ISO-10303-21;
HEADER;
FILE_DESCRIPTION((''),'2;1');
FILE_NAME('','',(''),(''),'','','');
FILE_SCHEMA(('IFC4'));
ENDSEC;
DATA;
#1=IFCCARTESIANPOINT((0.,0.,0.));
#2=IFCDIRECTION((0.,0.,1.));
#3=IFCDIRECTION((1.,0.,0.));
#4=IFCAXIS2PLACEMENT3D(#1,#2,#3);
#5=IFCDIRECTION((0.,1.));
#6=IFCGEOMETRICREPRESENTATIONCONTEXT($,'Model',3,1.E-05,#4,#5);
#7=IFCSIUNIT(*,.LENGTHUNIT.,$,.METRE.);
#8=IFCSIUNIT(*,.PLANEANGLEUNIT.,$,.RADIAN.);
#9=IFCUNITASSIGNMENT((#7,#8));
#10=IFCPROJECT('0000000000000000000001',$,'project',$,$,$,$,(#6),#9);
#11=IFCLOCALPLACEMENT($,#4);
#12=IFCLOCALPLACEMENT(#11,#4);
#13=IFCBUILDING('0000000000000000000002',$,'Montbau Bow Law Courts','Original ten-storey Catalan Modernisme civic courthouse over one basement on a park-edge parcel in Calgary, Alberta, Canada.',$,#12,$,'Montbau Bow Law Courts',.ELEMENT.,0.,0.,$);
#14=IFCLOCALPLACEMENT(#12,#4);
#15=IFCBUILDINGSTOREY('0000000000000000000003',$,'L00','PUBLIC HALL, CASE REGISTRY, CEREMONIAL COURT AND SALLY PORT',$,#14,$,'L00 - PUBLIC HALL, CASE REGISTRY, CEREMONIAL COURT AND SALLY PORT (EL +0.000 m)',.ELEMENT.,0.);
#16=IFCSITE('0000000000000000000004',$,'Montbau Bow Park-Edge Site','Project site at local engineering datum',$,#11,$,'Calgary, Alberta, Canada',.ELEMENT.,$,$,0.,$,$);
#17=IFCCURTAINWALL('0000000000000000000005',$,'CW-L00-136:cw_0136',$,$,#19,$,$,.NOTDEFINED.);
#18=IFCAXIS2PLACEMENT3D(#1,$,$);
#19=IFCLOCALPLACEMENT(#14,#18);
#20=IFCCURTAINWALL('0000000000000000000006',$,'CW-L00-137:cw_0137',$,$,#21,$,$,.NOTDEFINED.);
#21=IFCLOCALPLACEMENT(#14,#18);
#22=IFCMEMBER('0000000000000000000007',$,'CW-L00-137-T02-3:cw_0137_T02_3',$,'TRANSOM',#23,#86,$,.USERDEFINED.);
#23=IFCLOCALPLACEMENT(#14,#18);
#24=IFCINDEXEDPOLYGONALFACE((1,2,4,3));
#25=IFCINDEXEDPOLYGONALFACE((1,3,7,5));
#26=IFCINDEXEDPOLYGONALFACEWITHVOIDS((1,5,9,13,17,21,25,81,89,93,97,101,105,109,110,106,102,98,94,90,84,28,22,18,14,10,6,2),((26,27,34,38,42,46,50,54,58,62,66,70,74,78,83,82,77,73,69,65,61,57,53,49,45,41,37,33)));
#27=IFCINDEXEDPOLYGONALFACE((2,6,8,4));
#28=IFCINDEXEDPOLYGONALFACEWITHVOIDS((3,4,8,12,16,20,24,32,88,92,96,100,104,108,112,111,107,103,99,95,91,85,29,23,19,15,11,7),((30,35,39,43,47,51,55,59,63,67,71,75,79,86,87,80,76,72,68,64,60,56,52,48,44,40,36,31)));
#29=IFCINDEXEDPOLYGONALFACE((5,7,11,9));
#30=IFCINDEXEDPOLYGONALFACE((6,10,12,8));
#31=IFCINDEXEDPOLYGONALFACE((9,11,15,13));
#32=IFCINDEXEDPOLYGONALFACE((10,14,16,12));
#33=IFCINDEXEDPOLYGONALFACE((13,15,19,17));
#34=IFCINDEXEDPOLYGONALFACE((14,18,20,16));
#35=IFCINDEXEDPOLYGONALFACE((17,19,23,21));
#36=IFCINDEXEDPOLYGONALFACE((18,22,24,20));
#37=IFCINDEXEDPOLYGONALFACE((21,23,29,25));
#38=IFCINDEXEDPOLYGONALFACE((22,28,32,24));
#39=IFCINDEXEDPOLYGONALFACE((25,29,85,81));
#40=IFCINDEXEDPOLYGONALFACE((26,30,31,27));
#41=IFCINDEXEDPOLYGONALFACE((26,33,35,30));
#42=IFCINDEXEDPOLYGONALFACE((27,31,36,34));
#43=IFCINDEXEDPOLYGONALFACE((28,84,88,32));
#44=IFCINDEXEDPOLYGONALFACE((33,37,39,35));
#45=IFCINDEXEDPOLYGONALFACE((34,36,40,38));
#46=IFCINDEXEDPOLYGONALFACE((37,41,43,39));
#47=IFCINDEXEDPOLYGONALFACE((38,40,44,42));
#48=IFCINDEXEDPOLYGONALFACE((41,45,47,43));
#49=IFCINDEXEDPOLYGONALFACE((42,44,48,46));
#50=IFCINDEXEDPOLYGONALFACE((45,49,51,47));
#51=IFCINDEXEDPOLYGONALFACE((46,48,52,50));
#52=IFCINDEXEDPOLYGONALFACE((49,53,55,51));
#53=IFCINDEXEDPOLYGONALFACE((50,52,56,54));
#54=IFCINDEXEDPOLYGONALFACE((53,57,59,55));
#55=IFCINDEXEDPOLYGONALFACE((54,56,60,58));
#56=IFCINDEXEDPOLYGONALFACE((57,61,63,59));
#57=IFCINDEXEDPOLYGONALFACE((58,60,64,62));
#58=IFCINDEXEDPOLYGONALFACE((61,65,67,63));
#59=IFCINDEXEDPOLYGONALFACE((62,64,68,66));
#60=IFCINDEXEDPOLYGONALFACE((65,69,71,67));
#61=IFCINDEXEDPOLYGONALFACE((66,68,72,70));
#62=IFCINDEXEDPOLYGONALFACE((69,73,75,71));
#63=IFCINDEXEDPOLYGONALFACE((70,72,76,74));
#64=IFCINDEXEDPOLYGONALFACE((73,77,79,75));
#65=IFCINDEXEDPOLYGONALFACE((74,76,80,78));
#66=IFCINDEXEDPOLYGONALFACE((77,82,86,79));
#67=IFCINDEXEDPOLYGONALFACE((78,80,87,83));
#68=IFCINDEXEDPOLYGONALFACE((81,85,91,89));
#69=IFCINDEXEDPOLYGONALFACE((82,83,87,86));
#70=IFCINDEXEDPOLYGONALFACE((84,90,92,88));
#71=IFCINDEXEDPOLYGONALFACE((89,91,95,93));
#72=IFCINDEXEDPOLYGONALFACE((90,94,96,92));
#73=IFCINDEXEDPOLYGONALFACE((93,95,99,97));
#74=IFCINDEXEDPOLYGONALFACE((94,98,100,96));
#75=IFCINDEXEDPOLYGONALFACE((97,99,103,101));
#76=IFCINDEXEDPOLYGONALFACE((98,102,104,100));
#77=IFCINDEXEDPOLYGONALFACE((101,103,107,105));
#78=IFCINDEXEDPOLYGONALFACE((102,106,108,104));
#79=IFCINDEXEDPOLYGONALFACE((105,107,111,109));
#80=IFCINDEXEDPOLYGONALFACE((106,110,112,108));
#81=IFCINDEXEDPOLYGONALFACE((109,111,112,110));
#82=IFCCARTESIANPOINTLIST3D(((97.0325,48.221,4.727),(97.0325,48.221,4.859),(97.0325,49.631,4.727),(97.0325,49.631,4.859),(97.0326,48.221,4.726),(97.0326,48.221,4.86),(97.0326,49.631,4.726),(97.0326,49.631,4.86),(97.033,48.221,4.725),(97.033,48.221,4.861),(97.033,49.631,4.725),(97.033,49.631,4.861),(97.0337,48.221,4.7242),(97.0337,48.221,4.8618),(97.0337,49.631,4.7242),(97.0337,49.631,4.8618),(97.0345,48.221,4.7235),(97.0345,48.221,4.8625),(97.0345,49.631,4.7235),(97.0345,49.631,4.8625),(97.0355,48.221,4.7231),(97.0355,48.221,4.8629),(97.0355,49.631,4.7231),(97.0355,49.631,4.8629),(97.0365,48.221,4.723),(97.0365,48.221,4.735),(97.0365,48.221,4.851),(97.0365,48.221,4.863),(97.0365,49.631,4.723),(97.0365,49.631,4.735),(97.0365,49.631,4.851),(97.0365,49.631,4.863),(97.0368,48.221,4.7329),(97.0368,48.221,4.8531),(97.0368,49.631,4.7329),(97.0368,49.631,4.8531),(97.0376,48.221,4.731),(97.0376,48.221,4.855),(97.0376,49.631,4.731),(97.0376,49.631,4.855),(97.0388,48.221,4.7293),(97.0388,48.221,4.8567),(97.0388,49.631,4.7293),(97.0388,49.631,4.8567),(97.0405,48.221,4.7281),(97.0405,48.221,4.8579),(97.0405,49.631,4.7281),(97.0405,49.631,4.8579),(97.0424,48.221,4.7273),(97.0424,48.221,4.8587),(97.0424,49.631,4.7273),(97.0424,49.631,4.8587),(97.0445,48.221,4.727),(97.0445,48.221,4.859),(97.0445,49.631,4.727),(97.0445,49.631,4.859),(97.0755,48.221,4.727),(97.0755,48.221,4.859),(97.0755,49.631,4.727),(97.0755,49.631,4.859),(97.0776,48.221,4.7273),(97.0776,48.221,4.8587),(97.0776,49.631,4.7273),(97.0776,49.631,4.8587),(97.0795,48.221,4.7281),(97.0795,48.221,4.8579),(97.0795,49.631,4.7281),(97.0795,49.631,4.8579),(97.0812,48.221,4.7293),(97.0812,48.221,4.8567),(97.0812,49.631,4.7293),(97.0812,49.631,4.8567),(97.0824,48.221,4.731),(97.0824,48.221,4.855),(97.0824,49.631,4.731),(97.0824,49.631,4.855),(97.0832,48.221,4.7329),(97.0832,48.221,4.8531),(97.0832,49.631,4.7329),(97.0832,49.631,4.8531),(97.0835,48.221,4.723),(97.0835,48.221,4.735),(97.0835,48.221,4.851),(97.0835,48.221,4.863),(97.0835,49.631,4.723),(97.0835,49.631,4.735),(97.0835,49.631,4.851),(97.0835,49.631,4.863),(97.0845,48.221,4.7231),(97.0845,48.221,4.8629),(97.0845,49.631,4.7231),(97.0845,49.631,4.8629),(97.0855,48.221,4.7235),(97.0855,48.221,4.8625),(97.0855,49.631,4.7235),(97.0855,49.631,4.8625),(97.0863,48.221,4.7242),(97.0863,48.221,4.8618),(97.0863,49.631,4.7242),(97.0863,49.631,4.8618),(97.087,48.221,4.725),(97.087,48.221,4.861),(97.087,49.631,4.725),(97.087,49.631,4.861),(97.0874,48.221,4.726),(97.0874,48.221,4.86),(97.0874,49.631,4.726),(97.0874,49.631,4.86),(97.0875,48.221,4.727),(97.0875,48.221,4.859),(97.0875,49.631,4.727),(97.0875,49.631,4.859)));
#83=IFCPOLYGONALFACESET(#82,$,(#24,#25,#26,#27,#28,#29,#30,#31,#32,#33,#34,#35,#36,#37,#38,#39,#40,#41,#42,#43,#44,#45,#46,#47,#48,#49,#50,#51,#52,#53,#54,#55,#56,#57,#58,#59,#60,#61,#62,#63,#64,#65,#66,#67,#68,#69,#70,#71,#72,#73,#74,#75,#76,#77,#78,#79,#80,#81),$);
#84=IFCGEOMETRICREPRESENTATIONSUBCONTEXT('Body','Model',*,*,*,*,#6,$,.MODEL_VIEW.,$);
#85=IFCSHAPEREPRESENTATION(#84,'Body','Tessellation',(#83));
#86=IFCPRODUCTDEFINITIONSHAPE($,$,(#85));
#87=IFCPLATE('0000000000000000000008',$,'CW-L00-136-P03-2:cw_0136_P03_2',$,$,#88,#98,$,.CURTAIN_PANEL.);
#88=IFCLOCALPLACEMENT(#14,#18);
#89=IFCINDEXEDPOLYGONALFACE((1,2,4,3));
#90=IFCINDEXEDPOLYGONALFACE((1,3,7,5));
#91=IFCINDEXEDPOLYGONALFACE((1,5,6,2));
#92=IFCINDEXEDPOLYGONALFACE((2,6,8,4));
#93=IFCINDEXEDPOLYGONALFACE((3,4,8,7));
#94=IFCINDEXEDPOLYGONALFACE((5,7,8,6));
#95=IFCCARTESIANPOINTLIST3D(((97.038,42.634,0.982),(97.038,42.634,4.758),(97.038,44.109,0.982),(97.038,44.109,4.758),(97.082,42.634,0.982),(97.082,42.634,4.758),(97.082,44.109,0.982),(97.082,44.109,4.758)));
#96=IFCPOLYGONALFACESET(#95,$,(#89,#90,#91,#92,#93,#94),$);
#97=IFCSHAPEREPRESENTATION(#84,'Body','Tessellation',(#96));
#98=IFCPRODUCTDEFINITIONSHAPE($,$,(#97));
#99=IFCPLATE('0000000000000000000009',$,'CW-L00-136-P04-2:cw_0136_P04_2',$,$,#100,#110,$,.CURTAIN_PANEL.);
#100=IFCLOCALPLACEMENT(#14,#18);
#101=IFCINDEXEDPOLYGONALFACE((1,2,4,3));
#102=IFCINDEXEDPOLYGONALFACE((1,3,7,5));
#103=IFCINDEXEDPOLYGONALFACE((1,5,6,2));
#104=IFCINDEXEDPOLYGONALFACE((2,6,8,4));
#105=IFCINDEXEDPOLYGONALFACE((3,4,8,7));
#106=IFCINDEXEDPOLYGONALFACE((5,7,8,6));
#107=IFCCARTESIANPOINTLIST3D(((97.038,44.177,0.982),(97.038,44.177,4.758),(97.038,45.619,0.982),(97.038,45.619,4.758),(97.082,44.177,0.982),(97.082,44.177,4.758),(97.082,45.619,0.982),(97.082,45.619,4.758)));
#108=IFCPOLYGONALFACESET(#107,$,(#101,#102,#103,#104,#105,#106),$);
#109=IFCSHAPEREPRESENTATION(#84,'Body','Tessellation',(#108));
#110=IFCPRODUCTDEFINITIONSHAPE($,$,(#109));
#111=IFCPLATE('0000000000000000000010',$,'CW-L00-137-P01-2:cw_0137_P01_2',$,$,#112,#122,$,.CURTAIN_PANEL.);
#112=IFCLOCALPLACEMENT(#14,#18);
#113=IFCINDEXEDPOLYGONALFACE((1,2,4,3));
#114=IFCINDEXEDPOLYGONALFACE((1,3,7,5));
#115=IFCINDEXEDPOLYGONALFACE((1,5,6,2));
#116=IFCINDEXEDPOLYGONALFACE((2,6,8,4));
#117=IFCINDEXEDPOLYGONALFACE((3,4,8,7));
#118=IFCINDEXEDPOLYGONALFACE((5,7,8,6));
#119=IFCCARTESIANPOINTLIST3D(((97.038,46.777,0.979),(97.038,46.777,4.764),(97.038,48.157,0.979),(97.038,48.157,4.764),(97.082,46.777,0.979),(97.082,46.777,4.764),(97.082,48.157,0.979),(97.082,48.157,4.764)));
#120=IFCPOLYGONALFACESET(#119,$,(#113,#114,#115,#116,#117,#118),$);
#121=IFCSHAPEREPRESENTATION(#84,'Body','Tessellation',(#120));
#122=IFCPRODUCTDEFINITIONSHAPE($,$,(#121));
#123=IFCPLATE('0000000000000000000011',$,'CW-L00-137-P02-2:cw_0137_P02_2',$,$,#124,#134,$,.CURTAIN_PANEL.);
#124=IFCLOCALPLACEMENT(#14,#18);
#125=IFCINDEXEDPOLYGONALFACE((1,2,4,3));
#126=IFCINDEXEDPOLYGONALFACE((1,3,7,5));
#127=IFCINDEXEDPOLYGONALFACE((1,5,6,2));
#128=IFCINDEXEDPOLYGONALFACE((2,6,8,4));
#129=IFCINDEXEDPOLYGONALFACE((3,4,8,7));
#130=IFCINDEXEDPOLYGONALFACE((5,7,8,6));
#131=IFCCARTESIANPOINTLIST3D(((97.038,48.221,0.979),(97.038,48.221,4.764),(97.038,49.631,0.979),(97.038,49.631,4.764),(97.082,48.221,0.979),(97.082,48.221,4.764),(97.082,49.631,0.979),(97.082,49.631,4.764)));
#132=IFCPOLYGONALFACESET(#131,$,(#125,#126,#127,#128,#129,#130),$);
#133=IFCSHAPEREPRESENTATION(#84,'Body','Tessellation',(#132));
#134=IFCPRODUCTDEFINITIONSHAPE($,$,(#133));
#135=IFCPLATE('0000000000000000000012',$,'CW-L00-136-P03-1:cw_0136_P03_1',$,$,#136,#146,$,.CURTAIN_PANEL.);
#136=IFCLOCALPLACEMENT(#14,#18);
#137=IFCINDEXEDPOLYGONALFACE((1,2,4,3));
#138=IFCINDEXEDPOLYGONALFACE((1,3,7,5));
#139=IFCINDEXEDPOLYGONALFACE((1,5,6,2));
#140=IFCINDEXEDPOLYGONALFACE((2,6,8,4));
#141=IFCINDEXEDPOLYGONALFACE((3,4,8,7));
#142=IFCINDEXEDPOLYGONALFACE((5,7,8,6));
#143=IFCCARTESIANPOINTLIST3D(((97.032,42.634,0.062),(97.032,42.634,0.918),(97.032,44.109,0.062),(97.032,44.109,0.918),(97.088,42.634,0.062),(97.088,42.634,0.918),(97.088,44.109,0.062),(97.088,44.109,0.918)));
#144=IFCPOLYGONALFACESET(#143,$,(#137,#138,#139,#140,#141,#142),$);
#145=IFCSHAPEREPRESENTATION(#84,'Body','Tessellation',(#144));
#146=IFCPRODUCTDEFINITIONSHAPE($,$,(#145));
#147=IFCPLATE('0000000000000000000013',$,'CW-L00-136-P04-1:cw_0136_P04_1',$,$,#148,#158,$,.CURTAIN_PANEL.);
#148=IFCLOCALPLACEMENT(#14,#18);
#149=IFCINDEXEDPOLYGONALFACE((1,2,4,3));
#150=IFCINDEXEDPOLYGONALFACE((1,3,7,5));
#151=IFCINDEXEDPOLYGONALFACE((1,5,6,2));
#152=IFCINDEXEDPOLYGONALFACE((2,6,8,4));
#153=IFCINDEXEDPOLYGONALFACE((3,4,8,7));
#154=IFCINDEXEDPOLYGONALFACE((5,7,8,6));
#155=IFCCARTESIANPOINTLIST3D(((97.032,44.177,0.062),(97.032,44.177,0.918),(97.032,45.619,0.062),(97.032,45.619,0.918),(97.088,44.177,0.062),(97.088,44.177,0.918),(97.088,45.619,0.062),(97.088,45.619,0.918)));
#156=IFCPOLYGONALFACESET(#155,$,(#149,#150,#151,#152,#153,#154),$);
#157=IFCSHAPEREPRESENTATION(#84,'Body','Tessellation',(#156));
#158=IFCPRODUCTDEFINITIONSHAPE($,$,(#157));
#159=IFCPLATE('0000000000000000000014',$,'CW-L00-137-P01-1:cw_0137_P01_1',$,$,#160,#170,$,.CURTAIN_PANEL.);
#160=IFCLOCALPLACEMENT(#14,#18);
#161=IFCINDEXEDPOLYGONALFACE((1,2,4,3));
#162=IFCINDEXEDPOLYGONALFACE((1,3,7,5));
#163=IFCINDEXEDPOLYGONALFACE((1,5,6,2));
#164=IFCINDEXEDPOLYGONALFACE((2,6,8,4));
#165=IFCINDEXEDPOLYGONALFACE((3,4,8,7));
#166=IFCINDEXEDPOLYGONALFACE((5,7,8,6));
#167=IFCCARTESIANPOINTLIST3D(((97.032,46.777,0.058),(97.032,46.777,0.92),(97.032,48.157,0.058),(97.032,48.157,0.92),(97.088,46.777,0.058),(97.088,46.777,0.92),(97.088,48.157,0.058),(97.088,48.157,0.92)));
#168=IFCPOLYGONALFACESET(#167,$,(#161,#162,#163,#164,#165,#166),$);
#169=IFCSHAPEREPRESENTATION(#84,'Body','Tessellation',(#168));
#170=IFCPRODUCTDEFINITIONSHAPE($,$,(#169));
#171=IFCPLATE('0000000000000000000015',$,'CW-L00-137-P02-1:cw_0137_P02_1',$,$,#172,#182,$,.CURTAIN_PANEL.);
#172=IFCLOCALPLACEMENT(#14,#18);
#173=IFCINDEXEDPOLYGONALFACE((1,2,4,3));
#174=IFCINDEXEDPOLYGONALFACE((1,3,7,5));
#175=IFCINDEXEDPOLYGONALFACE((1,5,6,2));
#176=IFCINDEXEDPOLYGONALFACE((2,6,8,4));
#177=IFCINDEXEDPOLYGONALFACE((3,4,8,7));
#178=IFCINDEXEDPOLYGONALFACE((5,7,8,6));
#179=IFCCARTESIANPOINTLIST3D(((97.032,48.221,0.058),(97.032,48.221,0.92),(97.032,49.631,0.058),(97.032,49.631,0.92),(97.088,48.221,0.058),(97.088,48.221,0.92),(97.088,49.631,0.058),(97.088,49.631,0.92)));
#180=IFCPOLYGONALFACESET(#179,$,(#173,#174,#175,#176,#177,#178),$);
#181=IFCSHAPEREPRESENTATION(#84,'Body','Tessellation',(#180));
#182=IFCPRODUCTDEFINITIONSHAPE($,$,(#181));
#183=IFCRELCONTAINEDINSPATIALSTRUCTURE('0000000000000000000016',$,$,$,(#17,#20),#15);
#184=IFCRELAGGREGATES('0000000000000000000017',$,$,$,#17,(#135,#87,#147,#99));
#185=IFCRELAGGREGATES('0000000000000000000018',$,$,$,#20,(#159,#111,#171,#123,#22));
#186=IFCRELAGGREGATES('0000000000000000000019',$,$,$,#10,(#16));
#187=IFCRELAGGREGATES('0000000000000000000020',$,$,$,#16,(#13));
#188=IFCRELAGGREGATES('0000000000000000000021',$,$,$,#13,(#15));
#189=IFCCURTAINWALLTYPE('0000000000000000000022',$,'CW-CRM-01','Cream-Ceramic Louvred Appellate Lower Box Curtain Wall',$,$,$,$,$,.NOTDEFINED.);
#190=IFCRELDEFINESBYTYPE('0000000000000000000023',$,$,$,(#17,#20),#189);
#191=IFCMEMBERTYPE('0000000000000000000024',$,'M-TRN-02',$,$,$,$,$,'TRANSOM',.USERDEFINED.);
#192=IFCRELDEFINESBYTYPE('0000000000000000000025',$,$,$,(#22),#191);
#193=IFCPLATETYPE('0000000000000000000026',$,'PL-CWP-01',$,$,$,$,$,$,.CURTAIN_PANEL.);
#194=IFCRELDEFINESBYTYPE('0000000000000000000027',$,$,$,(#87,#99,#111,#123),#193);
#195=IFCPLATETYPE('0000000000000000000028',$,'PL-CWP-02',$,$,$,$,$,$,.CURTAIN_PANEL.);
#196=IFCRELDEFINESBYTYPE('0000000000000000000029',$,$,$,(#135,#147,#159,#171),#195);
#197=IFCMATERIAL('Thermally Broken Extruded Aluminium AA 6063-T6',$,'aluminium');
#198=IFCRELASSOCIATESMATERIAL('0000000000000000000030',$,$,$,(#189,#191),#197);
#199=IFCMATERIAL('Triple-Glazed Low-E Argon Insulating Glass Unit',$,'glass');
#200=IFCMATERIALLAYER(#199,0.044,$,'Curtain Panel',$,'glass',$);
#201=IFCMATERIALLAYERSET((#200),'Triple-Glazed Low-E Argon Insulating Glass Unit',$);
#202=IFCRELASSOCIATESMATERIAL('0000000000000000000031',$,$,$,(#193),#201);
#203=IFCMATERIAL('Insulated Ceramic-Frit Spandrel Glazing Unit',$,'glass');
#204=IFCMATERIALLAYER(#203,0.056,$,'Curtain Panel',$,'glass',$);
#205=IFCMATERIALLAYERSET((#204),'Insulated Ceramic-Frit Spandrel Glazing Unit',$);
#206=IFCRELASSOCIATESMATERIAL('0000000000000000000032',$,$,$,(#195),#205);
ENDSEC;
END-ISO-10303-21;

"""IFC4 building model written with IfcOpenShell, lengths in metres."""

from ifc_helpers import new_model, si_unit, direction, frame, frame_2d, origin_with_axes, origin_2d_with_axis, place, context, subcontext, project, spatial, rectangle, hollow_rectangle, extrude, material, layer, layer_set, material_profile, profile_set, type_object, element, aggregate, save


model = new_model("IFC4")

# Units and contexts
model_context = context("Model", 3, precision=1e-05, world=origin_with_axes(), true_north=direction((0.0, 1.0)))
body_context = subcontext(model_context, "Body", "Model", "MODEL_VIEW")
ifc_project = project(units=[si_unit("LENGTHUNIT", "METRE"), si_unit("PLANEANGLEUNIT", "RADIAN")], contexts=[model_context])

# Site, building, storey
site_placement = place(None, origin_with_axes())
site = spatial("IfcSite", under=ifc_project, at=site_placement, Name="Montbau Bow Park-Edge Site", Description="Project site at local engineering datum", LongName="Calgary, Alberta, Canada", CompositionType="ELEMENT", RefElevation=0.0)
building_placement = place(site_placement, origin_with_axes())
building = spatial("IfcBuilding", under=site, at=building_placement, Name="Montbau Bow Law Courts", Description="Original ten-storey Catalan Modernisme civic courthouse over one basement on a park-edge parcel in Calgary, Alberta, Canada.", LongName="Montbau Bow Law Courts", CompositionType="ELEMENT", ElevationOfRefHeight=0.0, ElevationOfTerrain=0.0)
storey_placement = place(building_placement, origin_with_axes())
storey = spatial("IfcBuildingStorey", under=building, at=storey_placement, Name="L00", Description="PUBLIC HALL, CASE REGISTRY, CEREMONIAL COURT AND SALLY PORT", LongName="L00 - PUBLIC HALL, CASE REGISTRY, CEREMONIAL COURT AND SALLY PORT (EL +0.000 m)", CompositionType="ELEMENT", Elevation=0.0)

# Curtain walls
ifc_material_1 = material(Name="Thermally Broken Extruded Aluminium AA 6063-T6", Category="aluminium")
curtain_wall_type = type_object("IfcCurtainWallType", Name="CW-CRM-01", Description="Cream-Ceramic Louvred Appellate Lower Box Curtain Wall", PredefinedType="NOTDEFINED", material=ifc_material_1)
curtain_wall_1_placement = place(None, frame((97.06, 39.515, 0.0), z_axis=(0.0, 0.0, 1.0), x_axis=(1.0, 0.0, 0.0)))
curtain_wall_1 = element("IfcCurtainWall", 1, at=curtain_wall_1_placement, inside=storey, type_object=curtain_wall_type, Name="CW-L00-136:cw_0136", PredefinedType="NOTDEFINED")
curtain_wall_2_placement = place(None, frame((97.06, 46.715, 0.0), z_axis=(0.0, 0.0, 1.0), x_axis=(1.0, 0.0, 0.0)))
curtain_wall_2 = element("IfcCurtainWall", 2, at=curtain_wall_2_placement, inside=storey, type_object=curtain_wall_type, Name="CW-L00-137:cw_0137", PredefinedType="NOTDEFINED")

# Member
ifc_material_profile_1 = material_profile(ifc_material_1, hollow_rectangle(XDim=0.055, YDim=0.14, WallThickness=0.004, InnerFilletRadius=0.008, OuterFilletRadius=0.004, at=origin_2d_with_axis()), Name="CWT-140X55", Category="Main", Priority=0)
ifc_profile_set_1 = profile_set([ifc_material_profile_1], Name="Thermally Broken Extruded Aluminium AA 6063-T6")
member_type_1 = type_object("IfcMemberType", Name="M-TRN-02", ElementType="TRANSOM", PredefinedType="USERDEFINED", material=ifc_profile_set_1)
member_1_placement = place(None, frame((97.06, 48.221, 4.793), z_axis=(0.0, 1.0, 0.0), x_axis=(-1.0, 0.0, 0.0)))
member_1 = element("IfcMember", 3, at=member_1_placement, type_object=member_type_1, Name="CW-L00-137-T02-3:cw_0137_T02_3", ObjectType="TRANSOM", PredefinedType="USERDEFINED", context=body_context, shape_type="SweptSolid", body=[
    extrude(hollow_rectangle(XDim=0.055, YDim=0.14, WallThickness=0.004, InnerFilletRadius=0.008, OuterFilletRadius=0.004, at=origin_2d_with_axis()), origin_with_axes(), (0.0, 0.0, 1.0), 1.41),
])

# Plates
ifc_material_2 = material(Name="Triple-Glazed Low-E Argon Insulating Glass Unit", Category="glass")
ifc_layer_1 = layer(ifc_material_2, 0.044, Name="Curtain Panel", Category="glass")
ifc_layer_set_1 = layer_set([ifc_layer_1], Name="Triple-Glazed Low-E Argon Insulating Glass Unit")
plate_type_1 = type_object("IfcPlateType", Name="PL-CWP-01", PredefinedType="CURTAIN_PANEL", material=ifc_layer_set_1)
plate_1_placement = place(None, frame((97.06, 42.634, 0.982), z_axis=(1.0, 0.0, 0.0), x_axis=(0.0, 1.0, 0.0)))
plate_1 = element("IfcPlate", 4, at=plate_1_placement, type_object=plate_type_1, Name="CW-L00-136-P03-2:cw_0136_P03_2", PredefinedType="CURTAIN_PANEL", context=body_context, shape_type="SweptSolid", body=[
    extrude(rectangle(XDim=1.475, YDim=3.776, at=frame_2d((0.7375, 1.888), x_axis=(1.0, 0.0))), frame((0.0, 0.0, -0.022), z_axis=(0.0, 0.0, 1.0), x_axis=(1.0, 0.0, 0.0)), (0.0, 0.0, 1.0), 0.044),
])
plate_2_placement = place(None, frame((97.06, 44.177, 0.982), z_axis=(1.0, 0.0, 0.0), x_axis=(0.0, 1.0, 0.0)))
plate_2 = element("IfcPlate", 5, at=plate_2_placement, type_object=plate_type_1, Name="CW-L00-136-P04-2:cw_0136_P04_2", PredefinedType="CURTAIN_PANEL", context=body_context, shape_type="SweptSolid", body=[
    extrude(rectangle(XDim=1.442, YDim=3.776, at=frame_2d((0.721, 1.888), x_axis=(1.0, 0.0))), frame((0.0, 0.0, -0.022), z_axis=(0.0, 0.0, 1.0), x_axis=(1.0, 0.0, 0.0)), (0.0, 0.0, 1.0), 0.044),
])
plate_3_placement = place(None, frame((97.06, 46.777, 0.979), z_axis=(1.0, 0.0, 0.0), x_axis=(0.0, 1.0, 0.0)))
plate_3 = element("IfcPlate", 6, at=plate_3_placement, type_object=plate_type_1, Name="CW-L00-137-P01-2:cw_0137_P01_2", PredefinedType="CURTAIN_PANEL", context=body_context, shape_type="SweptSolid", body=[
    extrude(rectangle(XDim=1.38, YDim=3.785, at=frame_2d((0.69, 1.8925), x_axis=(1.0, 0.0))), frame((0.0, 0.0, -0.022), z_axis=(0.0, 0.0, 1.0), x_axis=(1.0, 0.0, 0.0)), (0.0, 0.0, 1.0), 0.044),
])
plate_4_placement = place(None, frame((97.06, 48.221, 0.979), z_axis=(1.0, 0.0, 0.0), x_axis=(0.0, 1.0, 0.0)))
plate_4 = element("IfcPlate", 7, at=plate_4_placement, type_object=plate_type_1, Name="CW-L00-137-P02-2:cw_0137_P02_2", PredefinedType="CURTAIN_PANEL", context=body_context, shape_type="SweptSolid", body=[
    extrude(rectangle(XDim=1.41, YDim=3.785, at=frame_2d((0.705, 1.8925), x_axis=(1.0, 0.0))), frame((0.0, 0.0, -0.022), z_axis=(0.0, 0.0, 1.0), x_axis=(1.0, 0.0, 0.0)), (0.0, 0.0, 1.0), 0.044),
])
ifc_material_3 = material(Name="Insulated Ceramic-Frit Spandrel Glazing Unit", Category="glass")
ifc_layer_2 = layer(ifc_material_3, 0.056, Name="Curtain Panel", Category="glass")
ifc_layer_set_2 = layer_set([ifc_layer_2], Name="Insulated Ceramic-Frit Spandrel Glazing Unit")
plate_type_2 = type_object("IfcPlateType", Name="PL-CWP-02", PredefinedType="CURTAIN_PANEL", material=ifc_layer_set_2)
plate_5_placement = place(None, frame((97.06, 42.634, 0.062), z_axis=(1.0, 0.0, 0.0), x_axis=(0.0, 1.0, 0.0)))
plate_5 = element("IfcPlate", 8, at=plate_5_placement, type_object=plate_type_2, Name="CW-L00-136-P03-1:cw_0136_P03_1", PredefinedType="CURTAIN_PANEL", context=body_context, shape_type="SweptSolid", body=[
    extrude(rectangle(XDim=1.475, YDim=0.856, at=frame_2d((0.7375, 0.428), x_axis=(1.0, 0.0))), frame((0.0, 0.0, -0.028), z_axis=(0.0, 0.0, 1.0), x_axis=(1.0, 0.0, 0.0)), (0.0, 0.0, 1.0), 0.056),
])
plate_6_placement = place(None, frame((97.06, 44.177, 0.062), z_axis=(1.0, 0.0, 0.0), x_axis=(0.0, 1.0, 0.0)))
plate_6 = element("IfcPlate", 9, at=plate_6_placement, type_object=plate_type_2, Name="CW-L00-136-P04-1:cw_0136_P04_1", PredefinedType="CURTAIN_PANEL", context=body_context, shape_type="SweptSolid", body=[
    extrude(rectangle(XDim=1.442, YDim=0.856, at=frame_2d((0.721, 0.428), x_axis=(1.0, 0.0))), frame((0.0, 0.0, -0.028), z_axis=(0.0, 0.0, 1.0), x_axis=(1.0, 0.0, 0.0)), (0.0, 0.0, 1.0), 0.056),
])
aggregate(curtain_wall_1, [plate_5, plate_1, plate_6, plate_2])
plate_7_placement = place(None, frame((97.06, 46.777, 0.058), z_axis=(1.0, 0.0, 0.0), x_axis=(0.0, 1.0, 0.0)))
plate_7 = element("IfcPlate", 10, at=plate_7_placement, type_object=plate_type_2, Name="CW-L00-137-P01-1:cw_0137_P01_1", PredefinedType="CURTAIN_PANEL", context=body_context, shape_type="SweptSolid", body=[
    extrude(rectangle(XDim=1.38, YDim=0.862, at=frame_2d((0.69, 0.431), x_axis=(1.0, 0.0))), frame((0.0, 0.0, -0.028), z_axis=(0.0, 0.0, 1.0), x_axis=(1.0, 0.0, 0.0)), (0.0, 0.0, 1.0), 0.056),
])
plate_8_placement = place(None, frame((97.06, 48.221, 0.058), z_axis=(1.0, 0.0, 0.0), x_axis=(0.0, 1.0, 0.0)))
plate_8 = element("IfcPlate", 11, at=plate_8_placement, type_object=plate_type_2, Name="CW-L00-137-P02-1:cw_0137_P02_1", PredefinedType="CURTAIN_PANEL", context=body_context, shape_type="SweptSolid", body=[
    extrude(rectangle(XDim=1.41, YDim=0.862, at=frame_2d((0.705, 0.431), x_axis=(1.0, 0.0))), frame((0.0, 0.0, -0.028), z_axis=(0.0, 0.0, 1.0), x_axis=(1.0, 0.0, 0.0)), (0.0, 0.0, 1.0), 0.056),
])
aggregate(curtain_wall_2, [plate_7, plate_3, plate_8, plate_4, member_1])

save(model, "model.ifc")
